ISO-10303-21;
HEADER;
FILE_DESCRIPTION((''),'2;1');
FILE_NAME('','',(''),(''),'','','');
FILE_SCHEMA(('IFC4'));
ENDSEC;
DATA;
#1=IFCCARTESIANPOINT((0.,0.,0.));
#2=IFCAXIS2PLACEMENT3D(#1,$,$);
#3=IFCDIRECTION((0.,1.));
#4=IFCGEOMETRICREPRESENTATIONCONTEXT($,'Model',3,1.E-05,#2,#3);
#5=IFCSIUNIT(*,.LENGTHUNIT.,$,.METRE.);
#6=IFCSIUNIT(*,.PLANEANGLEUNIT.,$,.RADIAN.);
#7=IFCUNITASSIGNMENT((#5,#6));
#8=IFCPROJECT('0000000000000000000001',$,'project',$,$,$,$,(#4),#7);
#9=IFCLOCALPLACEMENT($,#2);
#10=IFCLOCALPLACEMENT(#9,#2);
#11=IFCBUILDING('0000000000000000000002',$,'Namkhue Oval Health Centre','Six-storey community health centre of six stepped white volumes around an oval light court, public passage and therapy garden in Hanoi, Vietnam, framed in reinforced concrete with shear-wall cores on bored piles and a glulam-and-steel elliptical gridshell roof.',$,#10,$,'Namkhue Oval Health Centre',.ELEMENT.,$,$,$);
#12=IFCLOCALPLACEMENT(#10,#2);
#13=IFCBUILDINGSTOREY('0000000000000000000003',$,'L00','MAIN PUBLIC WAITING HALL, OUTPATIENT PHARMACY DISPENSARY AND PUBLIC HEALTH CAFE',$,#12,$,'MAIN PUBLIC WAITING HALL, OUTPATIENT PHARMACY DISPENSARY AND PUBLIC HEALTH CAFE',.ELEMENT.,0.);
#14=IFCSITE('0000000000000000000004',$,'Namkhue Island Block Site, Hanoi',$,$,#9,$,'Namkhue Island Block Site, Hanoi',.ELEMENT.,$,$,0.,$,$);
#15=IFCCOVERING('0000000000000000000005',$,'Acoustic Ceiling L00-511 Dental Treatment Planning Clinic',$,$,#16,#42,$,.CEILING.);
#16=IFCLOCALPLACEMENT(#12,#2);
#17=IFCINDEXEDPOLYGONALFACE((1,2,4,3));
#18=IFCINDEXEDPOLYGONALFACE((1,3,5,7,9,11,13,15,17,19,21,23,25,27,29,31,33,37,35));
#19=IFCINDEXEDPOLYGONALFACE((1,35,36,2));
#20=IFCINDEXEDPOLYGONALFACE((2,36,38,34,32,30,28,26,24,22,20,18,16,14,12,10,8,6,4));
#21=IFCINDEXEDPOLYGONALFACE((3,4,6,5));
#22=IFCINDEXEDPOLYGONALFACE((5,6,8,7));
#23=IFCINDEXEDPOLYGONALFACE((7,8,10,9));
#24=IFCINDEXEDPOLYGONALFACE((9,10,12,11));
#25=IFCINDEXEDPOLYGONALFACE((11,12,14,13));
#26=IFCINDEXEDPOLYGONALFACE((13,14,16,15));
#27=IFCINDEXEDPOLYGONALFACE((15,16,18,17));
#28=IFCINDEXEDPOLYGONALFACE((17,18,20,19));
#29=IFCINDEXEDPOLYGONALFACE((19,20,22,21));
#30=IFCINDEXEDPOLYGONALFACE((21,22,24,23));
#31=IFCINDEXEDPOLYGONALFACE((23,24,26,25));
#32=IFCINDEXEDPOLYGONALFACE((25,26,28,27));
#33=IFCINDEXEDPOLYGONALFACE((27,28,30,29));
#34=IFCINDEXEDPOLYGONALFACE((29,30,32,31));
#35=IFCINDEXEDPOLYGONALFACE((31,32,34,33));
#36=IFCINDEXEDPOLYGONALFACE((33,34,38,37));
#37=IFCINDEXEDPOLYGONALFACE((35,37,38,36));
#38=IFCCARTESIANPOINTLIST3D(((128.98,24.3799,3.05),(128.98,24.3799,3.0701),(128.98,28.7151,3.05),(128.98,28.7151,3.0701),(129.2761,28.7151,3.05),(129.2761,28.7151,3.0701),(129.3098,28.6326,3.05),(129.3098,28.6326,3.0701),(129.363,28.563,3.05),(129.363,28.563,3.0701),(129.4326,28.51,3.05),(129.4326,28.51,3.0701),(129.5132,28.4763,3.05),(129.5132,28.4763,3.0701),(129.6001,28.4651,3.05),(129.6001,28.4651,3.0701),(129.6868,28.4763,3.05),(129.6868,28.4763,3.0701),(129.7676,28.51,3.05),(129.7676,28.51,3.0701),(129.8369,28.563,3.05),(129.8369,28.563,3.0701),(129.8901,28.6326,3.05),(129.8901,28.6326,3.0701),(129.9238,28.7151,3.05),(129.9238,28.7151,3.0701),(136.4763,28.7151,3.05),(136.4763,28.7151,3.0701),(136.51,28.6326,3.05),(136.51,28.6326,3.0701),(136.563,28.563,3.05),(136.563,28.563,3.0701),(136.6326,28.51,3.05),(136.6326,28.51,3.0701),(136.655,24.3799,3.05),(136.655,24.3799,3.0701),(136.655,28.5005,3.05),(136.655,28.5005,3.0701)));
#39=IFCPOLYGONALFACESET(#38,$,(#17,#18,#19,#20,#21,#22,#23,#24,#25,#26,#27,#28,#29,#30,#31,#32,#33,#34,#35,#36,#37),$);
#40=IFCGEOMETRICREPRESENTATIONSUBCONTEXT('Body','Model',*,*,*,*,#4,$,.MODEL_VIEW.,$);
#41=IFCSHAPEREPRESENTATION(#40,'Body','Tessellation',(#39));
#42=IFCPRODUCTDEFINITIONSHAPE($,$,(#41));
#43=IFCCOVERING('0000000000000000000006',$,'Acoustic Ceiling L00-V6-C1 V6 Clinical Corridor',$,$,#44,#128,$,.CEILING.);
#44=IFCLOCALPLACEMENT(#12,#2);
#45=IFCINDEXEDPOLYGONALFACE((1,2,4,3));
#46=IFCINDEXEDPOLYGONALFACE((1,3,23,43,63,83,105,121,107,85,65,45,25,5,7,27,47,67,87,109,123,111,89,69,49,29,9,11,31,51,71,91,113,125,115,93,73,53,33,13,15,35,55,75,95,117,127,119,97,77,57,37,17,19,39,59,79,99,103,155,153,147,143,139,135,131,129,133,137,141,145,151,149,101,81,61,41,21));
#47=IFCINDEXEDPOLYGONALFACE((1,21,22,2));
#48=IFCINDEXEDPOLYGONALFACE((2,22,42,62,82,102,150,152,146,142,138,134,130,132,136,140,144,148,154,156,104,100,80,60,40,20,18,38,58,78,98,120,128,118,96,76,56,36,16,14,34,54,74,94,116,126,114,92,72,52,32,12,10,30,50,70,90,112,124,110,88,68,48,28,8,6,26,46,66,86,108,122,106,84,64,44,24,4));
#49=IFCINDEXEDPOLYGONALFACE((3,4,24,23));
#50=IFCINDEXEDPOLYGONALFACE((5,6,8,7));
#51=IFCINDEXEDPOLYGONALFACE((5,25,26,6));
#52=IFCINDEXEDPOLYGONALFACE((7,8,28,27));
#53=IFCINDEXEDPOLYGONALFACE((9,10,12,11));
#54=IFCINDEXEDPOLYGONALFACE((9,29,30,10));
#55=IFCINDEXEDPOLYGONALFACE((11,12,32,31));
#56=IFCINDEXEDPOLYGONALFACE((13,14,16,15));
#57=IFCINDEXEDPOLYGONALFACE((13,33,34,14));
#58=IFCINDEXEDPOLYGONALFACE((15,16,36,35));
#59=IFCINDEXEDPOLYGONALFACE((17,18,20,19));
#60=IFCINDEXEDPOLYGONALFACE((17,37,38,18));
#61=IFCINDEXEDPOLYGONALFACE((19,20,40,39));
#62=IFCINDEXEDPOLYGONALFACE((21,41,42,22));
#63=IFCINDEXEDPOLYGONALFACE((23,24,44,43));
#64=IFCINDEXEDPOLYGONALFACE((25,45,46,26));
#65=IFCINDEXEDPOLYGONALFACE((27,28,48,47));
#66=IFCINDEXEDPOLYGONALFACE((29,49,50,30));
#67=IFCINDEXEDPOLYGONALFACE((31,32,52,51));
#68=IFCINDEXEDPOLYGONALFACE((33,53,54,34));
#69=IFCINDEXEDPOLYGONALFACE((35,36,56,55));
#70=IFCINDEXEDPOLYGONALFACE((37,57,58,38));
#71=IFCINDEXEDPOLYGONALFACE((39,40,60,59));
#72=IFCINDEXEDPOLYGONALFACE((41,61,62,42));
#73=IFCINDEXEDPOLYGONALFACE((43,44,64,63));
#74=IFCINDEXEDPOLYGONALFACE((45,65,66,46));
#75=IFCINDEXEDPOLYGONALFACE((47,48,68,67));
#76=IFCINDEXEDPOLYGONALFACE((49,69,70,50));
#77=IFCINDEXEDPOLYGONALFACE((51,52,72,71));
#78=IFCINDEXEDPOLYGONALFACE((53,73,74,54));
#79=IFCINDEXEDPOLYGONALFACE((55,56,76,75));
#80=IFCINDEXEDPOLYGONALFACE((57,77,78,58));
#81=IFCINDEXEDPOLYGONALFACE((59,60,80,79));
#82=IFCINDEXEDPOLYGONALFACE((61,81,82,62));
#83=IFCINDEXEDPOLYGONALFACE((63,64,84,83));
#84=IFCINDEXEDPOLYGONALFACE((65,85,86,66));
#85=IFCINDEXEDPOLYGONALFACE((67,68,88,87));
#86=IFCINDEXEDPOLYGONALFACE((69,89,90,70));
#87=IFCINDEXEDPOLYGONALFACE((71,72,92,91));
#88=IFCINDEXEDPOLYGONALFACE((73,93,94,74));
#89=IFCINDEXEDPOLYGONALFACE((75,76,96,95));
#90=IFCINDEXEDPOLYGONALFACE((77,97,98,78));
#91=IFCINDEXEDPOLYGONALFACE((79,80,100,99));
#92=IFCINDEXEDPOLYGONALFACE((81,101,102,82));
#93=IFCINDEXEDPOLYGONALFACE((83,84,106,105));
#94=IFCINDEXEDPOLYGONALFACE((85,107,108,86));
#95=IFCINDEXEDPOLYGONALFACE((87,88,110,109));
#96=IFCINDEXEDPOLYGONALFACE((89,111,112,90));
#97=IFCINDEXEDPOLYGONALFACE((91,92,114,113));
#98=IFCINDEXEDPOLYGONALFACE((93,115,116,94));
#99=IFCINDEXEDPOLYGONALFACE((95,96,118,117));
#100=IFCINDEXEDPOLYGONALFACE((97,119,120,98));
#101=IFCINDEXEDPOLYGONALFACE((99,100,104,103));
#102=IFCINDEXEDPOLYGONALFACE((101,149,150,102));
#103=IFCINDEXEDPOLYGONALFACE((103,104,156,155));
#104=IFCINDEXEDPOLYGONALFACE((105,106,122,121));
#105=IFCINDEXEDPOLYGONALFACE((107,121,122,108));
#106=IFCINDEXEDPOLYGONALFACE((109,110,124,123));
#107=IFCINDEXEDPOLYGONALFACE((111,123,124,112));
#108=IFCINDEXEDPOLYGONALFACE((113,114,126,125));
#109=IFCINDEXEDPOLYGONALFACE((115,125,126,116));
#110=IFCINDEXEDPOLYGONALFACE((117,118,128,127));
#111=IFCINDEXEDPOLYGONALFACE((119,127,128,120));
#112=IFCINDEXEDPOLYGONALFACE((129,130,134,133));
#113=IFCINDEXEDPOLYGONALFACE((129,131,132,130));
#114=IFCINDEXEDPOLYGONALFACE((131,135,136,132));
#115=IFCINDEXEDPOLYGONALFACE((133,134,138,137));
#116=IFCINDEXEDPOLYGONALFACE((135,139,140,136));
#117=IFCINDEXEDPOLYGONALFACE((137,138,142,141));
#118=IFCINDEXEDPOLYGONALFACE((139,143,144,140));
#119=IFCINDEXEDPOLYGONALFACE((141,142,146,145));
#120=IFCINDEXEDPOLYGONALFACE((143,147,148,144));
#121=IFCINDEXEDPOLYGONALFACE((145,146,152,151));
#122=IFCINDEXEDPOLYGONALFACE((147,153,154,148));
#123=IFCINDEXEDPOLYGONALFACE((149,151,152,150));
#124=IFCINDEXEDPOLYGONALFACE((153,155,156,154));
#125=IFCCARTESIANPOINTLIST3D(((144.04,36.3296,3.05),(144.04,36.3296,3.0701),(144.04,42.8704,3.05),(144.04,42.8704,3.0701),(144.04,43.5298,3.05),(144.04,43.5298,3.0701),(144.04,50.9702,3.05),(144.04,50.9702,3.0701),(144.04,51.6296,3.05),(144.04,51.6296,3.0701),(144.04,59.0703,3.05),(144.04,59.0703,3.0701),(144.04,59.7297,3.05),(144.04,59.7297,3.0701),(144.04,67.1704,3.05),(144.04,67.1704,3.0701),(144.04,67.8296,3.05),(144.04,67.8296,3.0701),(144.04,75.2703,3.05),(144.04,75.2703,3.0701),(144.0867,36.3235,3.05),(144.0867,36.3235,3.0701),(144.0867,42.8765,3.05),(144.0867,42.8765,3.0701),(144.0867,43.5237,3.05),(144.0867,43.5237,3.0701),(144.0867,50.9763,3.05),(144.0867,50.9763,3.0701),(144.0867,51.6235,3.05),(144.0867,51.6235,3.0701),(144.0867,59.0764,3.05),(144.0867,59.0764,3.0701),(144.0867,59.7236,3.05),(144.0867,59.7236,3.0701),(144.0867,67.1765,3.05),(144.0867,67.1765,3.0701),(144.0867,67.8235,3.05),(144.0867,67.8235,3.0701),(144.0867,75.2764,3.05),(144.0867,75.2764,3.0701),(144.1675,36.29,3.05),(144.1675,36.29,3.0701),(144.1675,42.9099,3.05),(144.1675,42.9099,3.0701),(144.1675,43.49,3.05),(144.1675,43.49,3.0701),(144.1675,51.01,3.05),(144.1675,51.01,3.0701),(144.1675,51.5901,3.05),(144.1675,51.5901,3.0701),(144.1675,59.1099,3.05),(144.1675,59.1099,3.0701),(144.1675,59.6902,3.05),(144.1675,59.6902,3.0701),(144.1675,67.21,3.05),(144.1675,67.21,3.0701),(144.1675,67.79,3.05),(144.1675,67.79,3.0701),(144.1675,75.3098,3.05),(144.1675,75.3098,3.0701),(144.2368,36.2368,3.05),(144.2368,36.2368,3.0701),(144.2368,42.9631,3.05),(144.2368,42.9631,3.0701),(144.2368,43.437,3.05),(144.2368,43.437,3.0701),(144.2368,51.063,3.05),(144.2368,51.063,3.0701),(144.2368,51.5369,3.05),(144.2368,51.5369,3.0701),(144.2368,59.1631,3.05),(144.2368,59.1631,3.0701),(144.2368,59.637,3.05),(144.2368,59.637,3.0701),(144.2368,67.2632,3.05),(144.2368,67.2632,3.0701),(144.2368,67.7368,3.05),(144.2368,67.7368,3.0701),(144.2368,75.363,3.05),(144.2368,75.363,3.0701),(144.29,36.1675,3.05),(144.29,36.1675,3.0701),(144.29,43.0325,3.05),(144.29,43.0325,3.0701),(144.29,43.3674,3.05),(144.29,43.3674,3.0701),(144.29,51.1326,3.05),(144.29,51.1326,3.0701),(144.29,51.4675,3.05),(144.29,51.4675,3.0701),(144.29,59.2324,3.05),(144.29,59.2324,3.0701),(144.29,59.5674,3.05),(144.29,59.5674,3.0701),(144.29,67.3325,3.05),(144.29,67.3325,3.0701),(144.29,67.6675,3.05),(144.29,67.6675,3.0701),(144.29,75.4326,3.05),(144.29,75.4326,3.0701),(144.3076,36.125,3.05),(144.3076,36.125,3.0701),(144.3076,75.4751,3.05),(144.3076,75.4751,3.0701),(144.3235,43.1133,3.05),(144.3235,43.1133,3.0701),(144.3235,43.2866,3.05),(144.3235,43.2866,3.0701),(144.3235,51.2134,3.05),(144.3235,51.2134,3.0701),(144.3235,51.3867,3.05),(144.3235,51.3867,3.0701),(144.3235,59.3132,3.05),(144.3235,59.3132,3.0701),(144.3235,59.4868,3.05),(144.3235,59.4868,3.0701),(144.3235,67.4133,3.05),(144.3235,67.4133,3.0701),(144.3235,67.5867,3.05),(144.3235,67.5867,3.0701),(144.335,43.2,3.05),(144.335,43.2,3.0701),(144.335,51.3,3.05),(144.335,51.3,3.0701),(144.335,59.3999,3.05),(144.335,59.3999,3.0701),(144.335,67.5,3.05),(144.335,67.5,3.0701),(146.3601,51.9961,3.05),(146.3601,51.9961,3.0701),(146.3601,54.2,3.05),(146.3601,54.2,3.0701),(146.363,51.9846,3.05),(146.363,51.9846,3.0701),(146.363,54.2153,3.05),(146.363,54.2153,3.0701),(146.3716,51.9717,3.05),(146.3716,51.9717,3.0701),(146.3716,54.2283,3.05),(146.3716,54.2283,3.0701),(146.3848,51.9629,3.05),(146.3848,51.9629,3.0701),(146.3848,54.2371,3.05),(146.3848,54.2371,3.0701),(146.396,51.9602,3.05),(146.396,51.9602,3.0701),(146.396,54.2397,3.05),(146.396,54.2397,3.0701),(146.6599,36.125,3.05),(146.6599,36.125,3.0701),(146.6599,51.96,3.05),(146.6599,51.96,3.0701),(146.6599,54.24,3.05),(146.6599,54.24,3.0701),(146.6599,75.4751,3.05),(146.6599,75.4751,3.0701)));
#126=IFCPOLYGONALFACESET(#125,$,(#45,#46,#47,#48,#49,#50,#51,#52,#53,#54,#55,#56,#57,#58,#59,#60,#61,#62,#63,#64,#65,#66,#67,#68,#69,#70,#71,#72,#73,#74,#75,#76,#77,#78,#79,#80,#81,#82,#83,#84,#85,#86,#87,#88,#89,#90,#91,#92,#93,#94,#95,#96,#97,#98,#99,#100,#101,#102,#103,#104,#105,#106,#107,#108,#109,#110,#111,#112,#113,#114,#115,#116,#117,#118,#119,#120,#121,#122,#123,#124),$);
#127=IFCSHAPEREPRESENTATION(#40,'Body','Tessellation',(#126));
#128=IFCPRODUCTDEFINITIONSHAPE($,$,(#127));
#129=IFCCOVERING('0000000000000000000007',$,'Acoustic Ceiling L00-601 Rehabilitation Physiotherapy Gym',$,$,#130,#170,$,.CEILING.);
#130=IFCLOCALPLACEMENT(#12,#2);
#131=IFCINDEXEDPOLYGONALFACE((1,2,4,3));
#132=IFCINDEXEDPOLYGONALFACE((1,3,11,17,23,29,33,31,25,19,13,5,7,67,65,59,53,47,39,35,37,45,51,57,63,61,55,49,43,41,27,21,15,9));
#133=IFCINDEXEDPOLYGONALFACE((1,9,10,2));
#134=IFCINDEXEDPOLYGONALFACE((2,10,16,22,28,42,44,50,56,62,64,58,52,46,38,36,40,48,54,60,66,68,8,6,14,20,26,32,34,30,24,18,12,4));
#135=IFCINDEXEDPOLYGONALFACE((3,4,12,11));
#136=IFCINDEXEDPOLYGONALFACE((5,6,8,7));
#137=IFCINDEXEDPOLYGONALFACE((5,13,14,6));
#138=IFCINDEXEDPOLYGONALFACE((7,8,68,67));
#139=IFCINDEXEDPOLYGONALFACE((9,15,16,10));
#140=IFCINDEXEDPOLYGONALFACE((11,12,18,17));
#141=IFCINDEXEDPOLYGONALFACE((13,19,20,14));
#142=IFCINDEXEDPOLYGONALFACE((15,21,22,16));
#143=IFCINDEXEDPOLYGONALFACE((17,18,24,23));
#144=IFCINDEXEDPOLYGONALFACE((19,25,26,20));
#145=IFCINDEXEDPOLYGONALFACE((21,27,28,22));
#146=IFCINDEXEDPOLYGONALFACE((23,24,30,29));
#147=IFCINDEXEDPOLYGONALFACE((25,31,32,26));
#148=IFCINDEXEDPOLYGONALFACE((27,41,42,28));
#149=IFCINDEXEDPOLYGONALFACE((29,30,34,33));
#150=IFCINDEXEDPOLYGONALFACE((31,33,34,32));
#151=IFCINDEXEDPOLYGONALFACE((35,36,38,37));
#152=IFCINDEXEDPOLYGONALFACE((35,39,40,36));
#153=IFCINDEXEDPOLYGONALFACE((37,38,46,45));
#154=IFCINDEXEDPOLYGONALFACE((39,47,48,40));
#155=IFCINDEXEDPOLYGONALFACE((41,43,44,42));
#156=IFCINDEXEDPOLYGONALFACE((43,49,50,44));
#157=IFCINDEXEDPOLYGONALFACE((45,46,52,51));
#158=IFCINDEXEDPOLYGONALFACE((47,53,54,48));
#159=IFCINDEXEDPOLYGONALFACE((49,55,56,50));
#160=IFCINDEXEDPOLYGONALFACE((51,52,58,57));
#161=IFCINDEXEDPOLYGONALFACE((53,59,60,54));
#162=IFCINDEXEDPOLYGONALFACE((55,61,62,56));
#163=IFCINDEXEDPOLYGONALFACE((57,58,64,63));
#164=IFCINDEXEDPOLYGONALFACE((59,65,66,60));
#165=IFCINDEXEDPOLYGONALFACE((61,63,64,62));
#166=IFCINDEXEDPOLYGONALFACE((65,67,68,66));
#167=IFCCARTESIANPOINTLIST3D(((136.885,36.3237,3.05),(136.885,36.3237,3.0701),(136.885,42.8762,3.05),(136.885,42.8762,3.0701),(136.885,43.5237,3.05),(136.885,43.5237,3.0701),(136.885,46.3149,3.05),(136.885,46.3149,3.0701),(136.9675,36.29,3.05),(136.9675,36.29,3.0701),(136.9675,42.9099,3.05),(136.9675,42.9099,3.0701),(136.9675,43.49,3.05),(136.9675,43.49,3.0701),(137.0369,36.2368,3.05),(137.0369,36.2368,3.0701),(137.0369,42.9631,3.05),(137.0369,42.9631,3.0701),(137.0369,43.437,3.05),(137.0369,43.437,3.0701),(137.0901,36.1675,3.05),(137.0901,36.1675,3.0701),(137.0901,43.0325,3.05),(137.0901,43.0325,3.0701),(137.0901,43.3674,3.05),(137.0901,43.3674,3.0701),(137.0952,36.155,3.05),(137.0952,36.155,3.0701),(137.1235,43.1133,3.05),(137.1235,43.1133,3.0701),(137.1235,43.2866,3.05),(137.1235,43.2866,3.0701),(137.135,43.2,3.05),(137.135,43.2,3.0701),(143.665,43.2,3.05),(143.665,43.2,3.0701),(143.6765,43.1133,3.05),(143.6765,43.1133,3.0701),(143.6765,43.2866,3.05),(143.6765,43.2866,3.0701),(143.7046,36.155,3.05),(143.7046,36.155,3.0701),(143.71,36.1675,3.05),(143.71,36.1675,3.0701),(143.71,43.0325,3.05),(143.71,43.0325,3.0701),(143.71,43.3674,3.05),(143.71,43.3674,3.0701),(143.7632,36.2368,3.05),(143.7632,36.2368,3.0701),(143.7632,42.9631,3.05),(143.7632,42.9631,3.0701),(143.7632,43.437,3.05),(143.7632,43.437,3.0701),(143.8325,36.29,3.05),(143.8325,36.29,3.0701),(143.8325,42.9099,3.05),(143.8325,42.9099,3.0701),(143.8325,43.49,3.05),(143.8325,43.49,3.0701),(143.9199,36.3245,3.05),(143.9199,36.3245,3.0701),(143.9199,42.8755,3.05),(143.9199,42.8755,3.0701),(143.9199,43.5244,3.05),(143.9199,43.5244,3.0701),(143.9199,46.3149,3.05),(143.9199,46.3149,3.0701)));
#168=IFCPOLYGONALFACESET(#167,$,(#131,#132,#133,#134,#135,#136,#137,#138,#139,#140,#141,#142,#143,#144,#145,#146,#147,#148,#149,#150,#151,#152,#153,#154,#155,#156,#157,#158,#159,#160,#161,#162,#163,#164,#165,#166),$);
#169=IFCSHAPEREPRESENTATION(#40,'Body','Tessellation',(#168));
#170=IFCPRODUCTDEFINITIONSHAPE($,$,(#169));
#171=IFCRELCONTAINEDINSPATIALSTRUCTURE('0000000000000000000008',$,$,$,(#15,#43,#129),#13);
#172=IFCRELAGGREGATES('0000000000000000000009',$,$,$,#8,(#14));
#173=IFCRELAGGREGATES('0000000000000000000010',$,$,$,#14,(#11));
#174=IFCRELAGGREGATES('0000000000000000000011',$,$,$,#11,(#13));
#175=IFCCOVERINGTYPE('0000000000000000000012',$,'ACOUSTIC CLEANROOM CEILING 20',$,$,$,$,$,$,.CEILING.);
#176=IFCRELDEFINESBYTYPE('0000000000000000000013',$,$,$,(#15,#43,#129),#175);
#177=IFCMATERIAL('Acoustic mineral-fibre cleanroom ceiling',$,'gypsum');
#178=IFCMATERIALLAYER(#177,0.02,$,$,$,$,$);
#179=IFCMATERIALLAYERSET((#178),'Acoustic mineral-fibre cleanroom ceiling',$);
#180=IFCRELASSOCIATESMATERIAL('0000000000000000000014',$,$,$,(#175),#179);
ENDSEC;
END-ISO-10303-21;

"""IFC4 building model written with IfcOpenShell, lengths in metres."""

from ifc_helpers import new_model, si_unit, direction, frame, origin, place, context, subcontext, project, spatial, polyline, outline, extrude, material, layer, layer_set, type_object, element, save


model = new_model("IFC4")

# Units and contexts
model_context = context("Model", 3, precision=1e-05, world=origin(), true_north=direction((0.0, 1.0)))
body_context = subcontext(model_context, "Body", "Model", "MODEL_VIEW")
ifc_project = project(units=[si_unit("LENGTHUNIT", "METRE"), si_unit("PLANEANGLEUNIT", "RADIAN")], contexts=[model_context])

# Site, building, storey
site_placement = place(None, origin())
site = spatial("IfcSite", under=ifc_project, at=site_placement, Name="Namkhue Island Block Site, Hanoi", LongName="Namkhue Island Block Site, Hanoi", CompositionType="ELEMENT", RefElevation=0.0)
building_placement = place(site_placement, origin())
building = spatial("IfcBuilding", under=site, at=building_placement, Name="Namkhue Oval Health Centre", Description="Six-storey community health centre of six stepped white volumes around an oval light court, public passage and therapy garden in Hanoi, Vietnam, framed in reinforced concrete with shear-wall cores on bored piles and a glulam-and-steel elliptical gridshell roof.", LongName="Namkhue Oval Health Centre", CompositionType="ELEMENT")
storey_placement = place(building_placement, origin())
storey = spatial("IfcBuildingStorey", under=building, at=storey_placement, Name="L00", Description="MAIN PUBLIC WAITING HALL, OUTPATIENT PHARMACY DISPENSARY AND PUBLIC HEALTH CAFE", LongName="MAIN PUBLIC WAITING HALL, OUTPATIENT PHARMACY DISPENSARY AND PUBLIC HEALTH CAFE", CompositionType="ELEMENT", Elevation=0.0)

# Coverings
ifc_material_1 = material(Name="Acoustic mineral-fibre cleanroom ceiling", Category="gypsum")
ifc_layer_1 = layer(ifc_material_1, 0.02)
ifc_layer_set_1 = layer_set([ifc_layer_1], Name="Acoustic mineral-fibre cleanroom ceiling")
covering_type_1 = type_object("IfcCoveringType", Name="ACOUSTIC CLEANROOM CEILING 20", PredefinedType="CEILING", material=ifc_layer_set_1)
covering_1_placement = place(storey_placement, frame((0.0, 0.0, 3.05)))
element("IfcCovering", 1, at=covering_1_placement, inside=storey, type_object=covering_type_1, Name="Acoustic Ceiling L00-511 Dental Treatment Planning Clinic", PredefinedType="CEILING", context=body_context, shape_type="SweptSolid", body=[
    extrude(outline(polyline([(128.98, 24.3799), (128.98, 28.7151), (129.2761, 28.7151), (129.3098, 28.6326), (129.363, 28.563), (129.4326, 28.51), (129.5132, 28.4763), (129.6001, 28.4651), (129.6868, 28.4763), (129.7676, 28.51), (129.8369, 28.563), (129.8901, 28.6326), (129.9238, 28.7151), (136.4763, 28.7151), (136.51, 28.6326), (136.563, 28.563), (136.6326, 28.51), (136.655, 28.5005), (136.655, 24.3799), (128.98, 24.3799)])), origin(), (0.0, 0.0, 1.0), 0.02),
])
covering_2_placement = place(storey_placement, frame((0.0, 0.0, 3.05)))
element("IfcCovering", 2, at=covering_2_placement, inside=storey, type_object=covering_type_1, Name="Acoustic Ceiling L00-V6-C1 V6 Clinical Corridor", PredefinedType="CEILING", context=body_context, shape_type="SweptSolid", body=[
    extrude(outline(polyline([(144.04, 42.8704), (144.0867, 42.8765), (144.1675, 42.9099), (144.2368, 42.9631), (144.29, 43.0325), (144.3235, 43.1133), (144.335, 43.2), (144.3235, 43.2866), (144.29, 43.3674), (144.2368, 43.437), (144.1675, 43.49), (144.0867, 43.5237), (144.04, 43.5298), (144.04, 50.9702), (144.0867, 50.9763), (144.1675, 51.01), (144.2368, 51.063), (144.29, 51.1326), (144.3235, 51.2134), (144.335, 51.3), (144.3235, 51.3867), (144.29, 51.4675), (144.2368, 51.5369), (144.1675, 51.5901), (144.0867, 51.6235), (144.04, 51.6296), (144.04, 59.0703), (144.0867, 59.0764), (144.1675, 59.1099), (144.2368, 59.1631), (144.29, 59.2324), (144.3235, 59.3132), (144.335, 59.3999), (144.3235, 59.4868), (144.29, 59.5674), (144.2368, 59.637), (144.1675, 59.6902), (144.0867, 59.7236), (144.04, 59.7297), (144.04, 67.1704), (144.0867, 67.1765), (144.1675, 67.21), (144.2368, 67.2632), (144.29, 67.3325), (144.3235, 67.4133), (144.335, 67.5), (144.3235, 67.5867), (144.29, 67.6675), (144.2368, 67.7368), (144.1675, 67.79), (144.0867, 67.8235), (144.04, 67.8296), (144.04, 75.2703), (144.0867, 75.2764), (144.1675, 75.3098), (144.2368, 75.363), (144.29, 75.4326), (144.3076, 75.4751), (146.6599, 75.4751), (146.6599, 54.24), (146.396, 54.2397), (146.3848, 54.2371), (146.3716, 54.2283), (146.363, 54.2153), (146.3601, 54.2), (146.3601, 51.9961), (146.363, 51.9846), (146.3716, 51.9717), (146.3848, 51.9629), (146.396, 51.9602), (146.6599, 51.96), (146.6599, 36.125), (144.3076, 36.125), (144.29, 36.1675), (144.2368, 36.2368), (144.1675, 36.29), (144.0867, 36.3235), (144.04, 36.3296), (144.04, 42.8704)])), origin(), (0.0, 0.0, 1.0), 0.02),
])
covering_3_placement = place(storey_placement, frame((0.0, 0.0, 3.05)))
element("IfcCovering", 3, at=covering_3_placement, inside=storey, type_object=covering_type_1, Name="Acoustic Ceiling L00-601 Rehabilitation Physiotherapy Gym", PredefinedType="CEILING", context=body_context, shape_type="SweptSolid", body=[
    extrude(outline(polyline([(137.0952, 36.155), (137.0901, 36.1675), (137.0369, 36.2368), (136.9675, 36.29), (136.885, 36.3237), (136.885, 42.8762), (136.9675, 42.9099), (137.0369, 42.9631), (137.0901, 43.0325), (137.1235, 43.1133), (137.135, 43.2), (137.1235, 43.2866), (137.0901, 43.3674), (137.0369, 43.437), (136.9675, 43.49), (136.885, 43.5237), (136.885, 46.3149), (143.9199, 46.3149), (143.9199, 43.5244), (143.8325, 43.49), (143.7632, 43.437), (143.71, 43.3674), (143.6765, 43.2866), (143.665, 43.2), (143.6765, 43.1133), (143.71, 43.0325), (143.7632, 42.9631), (143.8325, 42.9099), (143.9199, 42.8755), (143.9199, 36.3245), (143.8325, 36.29), (143.7632, 36.2368), (143.71, 36.1675), (143.7046, 36.155), (137.0952, 36.155)])), origin(), (0.0, 0.0, 1.0), 0.02),
])

save(model, "model.ifc")
